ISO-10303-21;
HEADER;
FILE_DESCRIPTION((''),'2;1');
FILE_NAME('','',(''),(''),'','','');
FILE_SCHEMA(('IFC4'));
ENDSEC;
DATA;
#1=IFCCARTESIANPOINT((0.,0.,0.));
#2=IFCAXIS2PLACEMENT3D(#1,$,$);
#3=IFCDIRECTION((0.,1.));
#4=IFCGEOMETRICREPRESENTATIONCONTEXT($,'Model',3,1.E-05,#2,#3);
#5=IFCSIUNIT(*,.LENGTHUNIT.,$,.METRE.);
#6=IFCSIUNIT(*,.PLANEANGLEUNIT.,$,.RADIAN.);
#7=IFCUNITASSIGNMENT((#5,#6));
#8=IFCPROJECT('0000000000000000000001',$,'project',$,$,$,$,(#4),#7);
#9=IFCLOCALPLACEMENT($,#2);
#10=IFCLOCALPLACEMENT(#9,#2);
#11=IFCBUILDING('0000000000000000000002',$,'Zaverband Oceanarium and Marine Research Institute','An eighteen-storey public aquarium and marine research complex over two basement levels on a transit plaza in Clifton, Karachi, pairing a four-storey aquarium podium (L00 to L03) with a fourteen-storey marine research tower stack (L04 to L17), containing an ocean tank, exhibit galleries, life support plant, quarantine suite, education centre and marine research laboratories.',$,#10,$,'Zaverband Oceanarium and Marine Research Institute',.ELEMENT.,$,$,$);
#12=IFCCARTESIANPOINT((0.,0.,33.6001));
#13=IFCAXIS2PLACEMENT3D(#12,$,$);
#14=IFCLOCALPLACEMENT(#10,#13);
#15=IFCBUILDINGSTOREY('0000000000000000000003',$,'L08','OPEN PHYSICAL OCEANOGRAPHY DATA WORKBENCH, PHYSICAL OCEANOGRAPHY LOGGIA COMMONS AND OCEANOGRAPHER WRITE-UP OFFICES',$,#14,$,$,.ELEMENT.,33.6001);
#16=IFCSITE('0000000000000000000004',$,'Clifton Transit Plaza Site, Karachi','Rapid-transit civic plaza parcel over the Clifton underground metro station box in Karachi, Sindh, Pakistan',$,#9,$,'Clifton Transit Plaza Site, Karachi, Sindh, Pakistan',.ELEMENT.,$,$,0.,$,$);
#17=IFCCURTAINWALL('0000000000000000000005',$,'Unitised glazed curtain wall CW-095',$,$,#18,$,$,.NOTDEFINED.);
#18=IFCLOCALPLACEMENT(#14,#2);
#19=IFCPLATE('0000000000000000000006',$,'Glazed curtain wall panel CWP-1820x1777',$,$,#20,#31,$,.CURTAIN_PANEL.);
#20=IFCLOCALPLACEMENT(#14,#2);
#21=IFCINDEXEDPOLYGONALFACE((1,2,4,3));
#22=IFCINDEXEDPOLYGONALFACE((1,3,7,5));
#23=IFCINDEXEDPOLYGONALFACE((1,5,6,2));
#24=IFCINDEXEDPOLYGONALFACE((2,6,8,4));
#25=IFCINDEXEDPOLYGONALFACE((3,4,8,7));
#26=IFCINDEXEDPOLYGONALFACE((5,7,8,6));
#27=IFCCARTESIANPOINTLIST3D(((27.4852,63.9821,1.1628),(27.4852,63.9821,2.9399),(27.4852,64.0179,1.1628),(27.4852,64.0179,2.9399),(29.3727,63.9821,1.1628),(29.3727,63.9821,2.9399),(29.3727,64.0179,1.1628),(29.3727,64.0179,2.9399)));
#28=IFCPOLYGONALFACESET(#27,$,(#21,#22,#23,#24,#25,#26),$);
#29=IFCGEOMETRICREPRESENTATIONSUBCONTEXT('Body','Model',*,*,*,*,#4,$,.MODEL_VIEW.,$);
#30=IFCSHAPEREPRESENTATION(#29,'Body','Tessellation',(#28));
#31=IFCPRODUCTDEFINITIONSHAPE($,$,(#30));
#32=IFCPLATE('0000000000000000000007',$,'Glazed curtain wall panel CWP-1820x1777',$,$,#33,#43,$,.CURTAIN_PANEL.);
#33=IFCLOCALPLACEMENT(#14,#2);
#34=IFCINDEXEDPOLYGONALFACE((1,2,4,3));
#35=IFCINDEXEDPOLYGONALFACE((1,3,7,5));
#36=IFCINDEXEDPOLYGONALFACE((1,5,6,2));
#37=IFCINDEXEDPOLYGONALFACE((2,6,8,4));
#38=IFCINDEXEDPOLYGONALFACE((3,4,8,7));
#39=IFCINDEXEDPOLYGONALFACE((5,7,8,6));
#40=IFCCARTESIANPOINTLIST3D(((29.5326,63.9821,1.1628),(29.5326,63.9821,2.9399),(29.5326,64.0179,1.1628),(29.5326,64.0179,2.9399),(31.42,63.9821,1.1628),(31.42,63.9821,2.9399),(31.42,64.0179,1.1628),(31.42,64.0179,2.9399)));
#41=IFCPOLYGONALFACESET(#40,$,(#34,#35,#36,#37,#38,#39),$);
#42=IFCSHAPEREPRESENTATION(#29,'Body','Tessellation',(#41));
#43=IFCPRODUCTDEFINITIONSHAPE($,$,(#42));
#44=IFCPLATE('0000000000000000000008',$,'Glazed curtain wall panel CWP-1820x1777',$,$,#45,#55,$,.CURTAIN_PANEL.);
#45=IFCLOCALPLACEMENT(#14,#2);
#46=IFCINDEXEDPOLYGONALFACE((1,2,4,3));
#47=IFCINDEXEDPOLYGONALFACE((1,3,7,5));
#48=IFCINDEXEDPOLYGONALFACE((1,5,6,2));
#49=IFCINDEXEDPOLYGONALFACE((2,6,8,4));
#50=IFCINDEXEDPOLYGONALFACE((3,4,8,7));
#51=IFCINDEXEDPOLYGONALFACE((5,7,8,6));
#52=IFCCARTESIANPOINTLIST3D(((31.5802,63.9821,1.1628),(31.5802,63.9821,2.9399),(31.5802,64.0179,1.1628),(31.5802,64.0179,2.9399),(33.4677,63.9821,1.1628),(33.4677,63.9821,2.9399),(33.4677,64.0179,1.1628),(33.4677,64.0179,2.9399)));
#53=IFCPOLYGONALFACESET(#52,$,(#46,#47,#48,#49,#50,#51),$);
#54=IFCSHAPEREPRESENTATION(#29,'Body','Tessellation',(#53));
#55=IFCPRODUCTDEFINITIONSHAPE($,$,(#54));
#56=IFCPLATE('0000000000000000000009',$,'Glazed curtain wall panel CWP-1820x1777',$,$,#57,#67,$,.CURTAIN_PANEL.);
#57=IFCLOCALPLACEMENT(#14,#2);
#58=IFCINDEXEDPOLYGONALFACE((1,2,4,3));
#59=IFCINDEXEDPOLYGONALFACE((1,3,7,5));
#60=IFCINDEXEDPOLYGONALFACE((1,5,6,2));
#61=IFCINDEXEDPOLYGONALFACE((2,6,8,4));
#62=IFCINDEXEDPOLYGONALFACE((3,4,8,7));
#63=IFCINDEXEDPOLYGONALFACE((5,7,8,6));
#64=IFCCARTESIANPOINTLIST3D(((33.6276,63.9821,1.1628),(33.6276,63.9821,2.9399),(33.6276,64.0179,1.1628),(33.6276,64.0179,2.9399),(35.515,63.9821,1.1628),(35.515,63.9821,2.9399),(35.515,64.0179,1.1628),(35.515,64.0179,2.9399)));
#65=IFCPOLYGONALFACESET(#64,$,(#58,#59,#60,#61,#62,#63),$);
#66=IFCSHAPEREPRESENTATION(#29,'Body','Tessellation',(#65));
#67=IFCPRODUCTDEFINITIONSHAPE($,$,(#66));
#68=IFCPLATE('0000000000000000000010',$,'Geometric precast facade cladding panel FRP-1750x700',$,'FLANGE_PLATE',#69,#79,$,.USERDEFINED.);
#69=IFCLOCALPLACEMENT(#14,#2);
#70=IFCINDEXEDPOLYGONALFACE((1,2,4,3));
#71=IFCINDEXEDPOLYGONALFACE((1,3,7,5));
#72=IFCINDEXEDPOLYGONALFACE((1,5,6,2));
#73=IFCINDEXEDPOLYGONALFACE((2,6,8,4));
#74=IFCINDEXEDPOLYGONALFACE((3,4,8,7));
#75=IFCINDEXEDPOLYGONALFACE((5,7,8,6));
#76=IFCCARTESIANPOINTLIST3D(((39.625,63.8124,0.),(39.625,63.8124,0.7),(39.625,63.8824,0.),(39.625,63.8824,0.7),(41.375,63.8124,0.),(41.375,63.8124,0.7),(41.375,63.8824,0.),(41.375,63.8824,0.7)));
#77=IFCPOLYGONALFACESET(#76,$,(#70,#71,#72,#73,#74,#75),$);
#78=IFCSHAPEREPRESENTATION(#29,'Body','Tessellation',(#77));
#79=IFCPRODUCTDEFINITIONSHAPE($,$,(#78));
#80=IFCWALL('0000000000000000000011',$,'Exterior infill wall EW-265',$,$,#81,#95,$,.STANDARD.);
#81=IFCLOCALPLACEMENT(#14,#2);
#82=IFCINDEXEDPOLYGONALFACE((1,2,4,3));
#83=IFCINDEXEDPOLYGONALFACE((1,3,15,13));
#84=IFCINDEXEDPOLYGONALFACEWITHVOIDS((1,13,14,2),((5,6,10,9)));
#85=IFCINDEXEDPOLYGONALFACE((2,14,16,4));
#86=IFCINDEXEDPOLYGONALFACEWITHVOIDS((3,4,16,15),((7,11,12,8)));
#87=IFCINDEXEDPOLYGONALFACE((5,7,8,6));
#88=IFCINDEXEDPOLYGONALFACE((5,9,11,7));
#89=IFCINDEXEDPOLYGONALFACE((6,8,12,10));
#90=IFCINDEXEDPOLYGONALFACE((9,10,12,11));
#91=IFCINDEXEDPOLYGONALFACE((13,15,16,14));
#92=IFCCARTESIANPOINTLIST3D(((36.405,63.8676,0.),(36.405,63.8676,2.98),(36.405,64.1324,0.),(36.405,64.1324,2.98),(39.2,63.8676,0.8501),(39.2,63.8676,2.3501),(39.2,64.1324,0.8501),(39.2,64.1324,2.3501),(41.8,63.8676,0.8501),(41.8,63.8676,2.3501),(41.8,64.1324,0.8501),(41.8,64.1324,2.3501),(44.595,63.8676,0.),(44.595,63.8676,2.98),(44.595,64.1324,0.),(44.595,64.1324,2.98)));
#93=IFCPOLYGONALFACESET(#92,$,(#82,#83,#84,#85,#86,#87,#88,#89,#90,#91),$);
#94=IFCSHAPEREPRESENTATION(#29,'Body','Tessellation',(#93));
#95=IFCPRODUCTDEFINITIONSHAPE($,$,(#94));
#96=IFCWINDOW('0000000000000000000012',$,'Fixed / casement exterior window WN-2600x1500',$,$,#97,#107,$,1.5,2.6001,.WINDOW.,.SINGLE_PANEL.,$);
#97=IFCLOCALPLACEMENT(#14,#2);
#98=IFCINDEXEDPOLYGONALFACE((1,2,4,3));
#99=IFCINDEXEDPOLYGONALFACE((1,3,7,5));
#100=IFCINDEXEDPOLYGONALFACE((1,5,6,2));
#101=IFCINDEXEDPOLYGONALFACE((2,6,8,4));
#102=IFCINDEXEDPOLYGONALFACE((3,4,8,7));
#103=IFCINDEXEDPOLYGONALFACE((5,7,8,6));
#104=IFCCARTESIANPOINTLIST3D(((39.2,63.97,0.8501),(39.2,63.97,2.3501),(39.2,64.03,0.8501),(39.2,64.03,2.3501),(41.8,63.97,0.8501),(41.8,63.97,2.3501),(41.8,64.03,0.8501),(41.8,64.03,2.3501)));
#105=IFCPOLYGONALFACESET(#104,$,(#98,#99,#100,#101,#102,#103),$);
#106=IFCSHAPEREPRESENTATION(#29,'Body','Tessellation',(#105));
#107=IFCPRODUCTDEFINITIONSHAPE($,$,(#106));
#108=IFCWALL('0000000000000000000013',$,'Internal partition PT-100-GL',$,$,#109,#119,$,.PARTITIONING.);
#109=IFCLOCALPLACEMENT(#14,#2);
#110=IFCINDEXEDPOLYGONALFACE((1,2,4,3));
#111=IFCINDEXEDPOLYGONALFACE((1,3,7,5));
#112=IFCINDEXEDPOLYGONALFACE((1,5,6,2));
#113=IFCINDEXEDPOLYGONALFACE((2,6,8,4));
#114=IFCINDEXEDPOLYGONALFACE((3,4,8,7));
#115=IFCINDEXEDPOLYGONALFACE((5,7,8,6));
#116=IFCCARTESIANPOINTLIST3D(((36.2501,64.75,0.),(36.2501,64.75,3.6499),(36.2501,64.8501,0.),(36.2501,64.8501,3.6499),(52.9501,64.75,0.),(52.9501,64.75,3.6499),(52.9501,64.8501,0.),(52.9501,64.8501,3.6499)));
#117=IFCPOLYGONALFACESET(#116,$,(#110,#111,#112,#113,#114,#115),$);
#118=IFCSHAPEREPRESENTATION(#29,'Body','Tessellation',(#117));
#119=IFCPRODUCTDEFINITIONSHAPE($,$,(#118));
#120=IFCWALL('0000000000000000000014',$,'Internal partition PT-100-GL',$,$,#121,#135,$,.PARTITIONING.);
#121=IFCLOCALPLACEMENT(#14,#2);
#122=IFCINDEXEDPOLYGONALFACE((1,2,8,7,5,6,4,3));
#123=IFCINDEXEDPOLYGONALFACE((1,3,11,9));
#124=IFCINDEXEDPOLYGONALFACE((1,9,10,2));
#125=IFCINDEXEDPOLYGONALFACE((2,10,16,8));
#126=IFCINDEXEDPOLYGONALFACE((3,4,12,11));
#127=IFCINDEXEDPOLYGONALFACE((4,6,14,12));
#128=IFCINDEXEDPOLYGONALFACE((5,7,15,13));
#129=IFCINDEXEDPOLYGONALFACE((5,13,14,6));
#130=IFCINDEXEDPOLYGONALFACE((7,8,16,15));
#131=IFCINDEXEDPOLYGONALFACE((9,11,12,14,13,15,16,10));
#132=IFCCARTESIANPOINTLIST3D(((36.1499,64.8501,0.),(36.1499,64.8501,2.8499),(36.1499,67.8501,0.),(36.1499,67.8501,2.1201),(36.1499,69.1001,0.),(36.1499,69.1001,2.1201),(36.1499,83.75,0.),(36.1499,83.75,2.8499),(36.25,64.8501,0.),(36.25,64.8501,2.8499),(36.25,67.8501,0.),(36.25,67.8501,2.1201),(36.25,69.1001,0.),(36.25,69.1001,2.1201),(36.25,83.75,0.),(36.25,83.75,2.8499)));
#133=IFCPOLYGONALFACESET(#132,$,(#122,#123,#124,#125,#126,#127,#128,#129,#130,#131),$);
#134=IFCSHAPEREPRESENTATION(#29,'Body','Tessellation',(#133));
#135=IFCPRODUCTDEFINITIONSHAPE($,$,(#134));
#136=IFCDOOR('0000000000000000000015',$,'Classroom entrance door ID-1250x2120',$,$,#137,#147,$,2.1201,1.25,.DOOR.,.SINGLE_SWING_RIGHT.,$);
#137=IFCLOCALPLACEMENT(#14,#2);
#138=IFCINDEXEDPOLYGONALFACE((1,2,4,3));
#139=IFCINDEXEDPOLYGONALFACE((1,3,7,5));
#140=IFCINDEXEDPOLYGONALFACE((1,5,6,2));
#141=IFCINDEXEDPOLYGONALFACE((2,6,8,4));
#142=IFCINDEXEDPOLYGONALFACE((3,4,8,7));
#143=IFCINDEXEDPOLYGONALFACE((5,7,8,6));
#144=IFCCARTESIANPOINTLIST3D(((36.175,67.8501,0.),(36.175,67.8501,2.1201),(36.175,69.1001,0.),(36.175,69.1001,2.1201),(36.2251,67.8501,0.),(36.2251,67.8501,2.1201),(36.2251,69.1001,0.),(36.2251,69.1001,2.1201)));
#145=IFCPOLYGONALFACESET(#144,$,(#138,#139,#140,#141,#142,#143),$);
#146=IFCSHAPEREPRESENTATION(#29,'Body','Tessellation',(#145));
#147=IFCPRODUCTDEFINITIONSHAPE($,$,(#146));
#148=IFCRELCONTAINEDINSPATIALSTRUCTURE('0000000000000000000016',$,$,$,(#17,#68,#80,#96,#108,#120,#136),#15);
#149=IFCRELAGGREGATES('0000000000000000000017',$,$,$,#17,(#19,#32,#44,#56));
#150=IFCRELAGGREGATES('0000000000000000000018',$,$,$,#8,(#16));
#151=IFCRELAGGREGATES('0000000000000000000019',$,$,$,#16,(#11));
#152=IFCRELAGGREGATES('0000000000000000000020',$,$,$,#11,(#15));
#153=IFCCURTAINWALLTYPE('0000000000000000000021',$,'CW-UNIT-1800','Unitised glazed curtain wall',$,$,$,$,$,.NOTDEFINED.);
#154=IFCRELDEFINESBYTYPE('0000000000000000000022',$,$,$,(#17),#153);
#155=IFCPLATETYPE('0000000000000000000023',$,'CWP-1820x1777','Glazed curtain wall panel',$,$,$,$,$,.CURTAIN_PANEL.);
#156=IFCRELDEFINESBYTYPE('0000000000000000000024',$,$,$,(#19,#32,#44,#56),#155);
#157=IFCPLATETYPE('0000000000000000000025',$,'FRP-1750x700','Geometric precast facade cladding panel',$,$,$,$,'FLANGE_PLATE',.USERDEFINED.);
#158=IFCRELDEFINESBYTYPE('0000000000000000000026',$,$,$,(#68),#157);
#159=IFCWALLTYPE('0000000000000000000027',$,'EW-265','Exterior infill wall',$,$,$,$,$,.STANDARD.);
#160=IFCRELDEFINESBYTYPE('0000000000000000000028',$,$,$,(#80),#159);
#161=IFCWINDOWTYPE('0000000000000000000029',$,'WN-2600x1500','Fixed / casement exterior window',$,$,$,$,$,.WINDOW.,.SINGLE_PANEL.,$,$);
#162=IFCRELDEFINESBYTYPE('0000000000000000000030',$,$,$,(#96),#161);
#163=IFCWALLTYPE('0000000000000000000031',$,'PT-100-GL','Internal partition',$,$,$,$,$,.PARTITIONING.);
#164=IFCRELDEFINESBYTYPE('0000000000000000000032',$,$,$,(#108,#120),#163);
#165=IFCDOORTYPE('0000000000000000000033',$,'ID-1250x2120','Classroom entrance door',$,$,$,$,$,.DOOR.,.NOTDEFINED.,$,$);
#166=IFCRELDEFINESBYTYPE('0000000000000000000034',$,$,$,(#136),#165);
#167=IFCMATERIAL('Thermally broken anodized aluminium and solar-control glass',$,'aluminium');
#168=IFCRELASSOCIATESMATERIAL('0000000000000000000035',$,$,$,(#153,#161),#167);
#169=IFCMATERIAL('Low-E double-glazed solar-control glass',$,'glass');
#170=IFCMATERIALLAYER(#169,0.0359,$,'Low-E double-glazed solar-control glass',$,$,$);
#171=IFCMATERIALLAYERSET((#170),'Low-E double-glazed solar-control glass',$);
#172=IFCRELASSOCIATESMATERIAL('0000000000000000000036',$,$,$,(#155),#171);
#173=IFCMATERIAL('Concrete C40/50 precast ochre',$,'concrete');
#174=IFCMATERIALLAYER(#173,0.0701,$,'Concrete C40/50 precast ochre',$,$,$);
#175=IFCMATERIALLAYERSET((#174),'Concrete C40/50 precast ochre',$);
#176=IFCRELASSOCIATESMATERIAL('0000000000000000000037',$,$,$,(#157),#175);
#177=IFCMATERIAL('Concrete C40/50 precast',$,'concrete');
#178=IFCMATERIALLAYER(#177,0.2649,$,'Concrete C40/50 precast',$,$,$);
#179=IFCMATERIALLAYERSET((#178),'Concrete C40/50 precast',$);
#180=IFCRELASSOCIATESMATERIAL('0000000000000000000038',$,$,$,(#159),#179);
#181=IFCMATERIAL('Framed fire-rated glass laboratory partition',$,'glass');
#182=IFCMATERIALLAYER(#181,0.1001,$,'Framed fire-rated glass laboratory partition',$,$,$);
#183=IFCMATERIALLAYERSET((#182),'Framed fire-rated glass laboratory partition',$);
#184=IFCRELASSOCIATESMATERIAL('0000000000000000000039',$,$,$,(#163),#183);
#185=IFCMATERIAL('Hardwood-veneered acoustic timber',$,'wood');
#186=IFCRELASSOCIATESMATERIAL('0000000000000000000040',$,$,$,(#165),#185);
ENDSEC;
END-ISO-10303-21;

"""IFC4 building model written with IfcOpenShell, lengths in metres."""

from ifc_helpers import new_model, si_unit, direction, frame, frame_2d, origin, place, context, subcontext, project, spatial, rectangle, extrude, material, layer, layer_set, type_object, element, fill, aggregate, save


model = new_model("IFC4")

# Units and contexts
model_context = context("Model", 3, precision=1e-05, world=origin(), true_north=direction((0.0, 1.0)))
body_context = subcontext(model_context, "Body", "Model", "MODEL_VIEW")
ifc_project = project(units=[si_unit("LENGTHUNIT", "METRE"), si_unit("PLANEANGLEUNIT", "RADIAN")], contexts=[model_context])

# Site, building, storey
site_placement = place(None, origin())
site = spatial("IfcSite", under=ifc_project, at=site_placement, Name="Clifton Transit Plaza Site, Karachi", Description="Rapid-transit civic plaza parcel over the Clifton underground metro station box in Karachi, Sindh, Pakistan", LongName="Clifton Transit Plaza Site, Karachi, Sindh, Pakistan", CompositionType="ELEMENT", RefElevation=0.0)
building_placement = place(site_placement, origin())
building = spatial("IfcBuilding", under=site, at=building_placement, Name="Zaverband Oceanarium and Marine Research Institute", Description="An eighteen-storey public aquarium and marine research complex over two basement levels on a transit plaza in Clifton, Karachi, pairing a four-storey aquarium podium (L00 to L03) with a fourteen-storey marine research tower stack (L04 to L17), containing an ocean tank, exhibit galleries, life support plant, quarantine suite, education centre and marine research laboratories.", LongName="Zaverband Oceanarium and Marine Research Institute", CompositionType="ELEMENT")
storey_placement = place(building_placement, frame((0.0, 0.0, 33.6001)))
storey = spatial("IfcBuildingStorey", under=building, at=storey_placement, Name="L08", Description="OPEN PHYSICAL OCEANOGRAPHY DATA WORKBENCH, PHYSICAL OCEANOGRAPHY LOGGIA COMMONS AND OCEANOGRAPHER WRITE-UP OFFICES", CompositionType="ELEMENT", Elevation=33.6001)

# Curtain wall
ifc_material_1 = material(Name="Thermally broken anodized aluminium and solar-control glass", Category="aluminium")
curtain_wall_type = type_object("IfcCurtainWallType", Name="CW-UNIT-1800", Description="Unitised glazed curtain wall", PredefinedType="NOTDEFINED", material=ifc_material_1)
curtain_wall_1_placement = place(storey_placement, origin())
curtain_wall_1 = element("IfcCurtainWall", 1, at=curtain_wall_1_placement, inside=storey, type_object=curtain_wall_type, Name="Unitised glazed curtain wall CW-095", PredefinedType="NOTDEFINED")

# Plates
ifc_material_2 = material(Name="Low-E double-glazed solar-control glass", Category="glass")
ifc_layer_1 = layer(ifc_material_2, 0.0359, Name="Low-E double-glazed solar-control glass")
ifc_layer_set_1 = layer_set([ifc_layer_1], Name="Low-E double-glazed solar-control glass")
plate_type_1 = type_object("IfcPlateType", Name="CWP-1820x1777", Description="Glazed curtain wall panel", PredefinedType="CURTAIN_PANEL", material=ifc_layer_set_1)
plate_1_placement = place(storey_placement, frame((27.4851, 64.0, 1.1628), z_axis=(0.0, 0.0, 1.0), x_axis=(1.0, 0.0, 0.0)))
plate_1 = element("IfcPlate", 2, at=plate_1_placement, type_object=plate_type_1, Name="Glazed curtain wall panel CWP-1820x1777", PredefinedType="CURTAIN_PANEL", context=body_context, shape_type="SweptSolid", body=[
    extrude(rectangle(XDim=1.8875, YDim=0.0359, at=frame_2d((0.9438, 0.0))), origin(), (0.0, 0.0, 1.0), 1.7771),
])
plate_2_placement = place(storey_placement, frame((29.5325, 64.0, 1.1628), z_axis=(0.0, 0.0, 1.0), x_axis=(1.0, 0.0, 0.0)))
plate_2 = element("IfcPlate", 3, at=plate_2_placement, type_object=plate_type_1, Name="Glazed curtain wall panel CWP-1820x1777", PredefinedType="CURTAIN_PANEL", context=body_context, shape_type="SweptSolid", body=[
    extrude(rectangle(XDim=1.8875, YDim=0.0359, at=frame_2d((0.9438, 0.0))), origin(), (0.0, 0.0, 1.0), 1.7771),
])
plate_3_placement = place(storey_placement, frame((31.5801, 64.0, 1.1628), z_axis=(0.0, 0.0, 1.0), x_axis=(1.0, 0.0, 0.0)))
plate_3 = element("IfcPlate", 4, at=plate_3_placement, type_object=plate_type_1, Name="Glazed curtain wall panel CWP-1820x1777", PredefinedType="CURTAIN_PANEL", context=body_context, shape_type="SweptSolid", body=[
    extrude(rectangle(XDim=1.8875, YDim=0.0359, at=frame_2d((0.9438, 0.0))), origin(), (0.0, 0.0, 1.0), 1.7771),
])
plate_4_placement = place(storey_placement, frame((33.6274, 64.0, 1.1628), z_axis=(0.0, 0.0, 1.0), x_axis=(1.0, 0.0, 0.0)))
plate_4 = element("IfcPlate", 5, at=plate_4_placement, type_object=plate_type_1, Name="Glazed curtain wall panel CWP-1820x1777", PredefinedType="CURTAIN_PANEL", context=body_context, shape_type="SweptSolid", body=[
    extrude(rectangle(XDim=1.8875, YDim=0.0359, at=frame_2d((0.9438, 0.0))), origin(), (0.0, 0.0, 1.0), 1.7771),
])
aggregate(curtain_wall_1, [plate_1, plate_2, plate_3, plate_4])
ifc_material_3 = material(Name="Concrete C40/50 precast ochre", Category="concrete")
ifc_layer_2 = layer(ifc_material_3, 0.0701, Name="Concrete C40/50 precast ochre")
ifc_layer_set_2 = layer_set([ifc_layer_2], Name="Concrete C40/50 precast ochre")
plate_type_2 = type_object("IfcPlateType", Name="FRP-1750x700", Description="Geometric precast facade cladding panel", ElementType="FLANGE_PLATE", PredefinedType="USERDEFINED", material=ifc_layer_set_2)
plate_5_placement = place(storey_placement, frame((39.625, 63.8474, 0.0), z_axis=(0.0, 0.0, 1.0), x_axis=(1.0, 0.0, 0.0)))
element("IfcPlate", 6, at=plate_5_placement, inside=storey, type_object=plate_type_2, Name="Geometric precast facade cladding panel FRP-1750x700", ObjectType="FLANGE_PLATE", PredefinedType="USERDEFINED", context=body_context, shape_type="SweptSolid", body=[
    extrude(rectangle(XDim=1.75, YDim=0.0701, at=frame_2d((0.875, 0.0))), origin(), (0.0, 0.0, 1.0), 0.7),
])

# Wall, opening, window
ifc_material_4 = material(Name="Concrete C40/50 precast", Category="concrete")
ifc_layer_3 = layer(ifc_material_4, 0.2649, Name="Concrete C40/50 precast")
ifc_layer_set_3 = layer_set([ifc_layer_3], Name="Concrete C40/50 precast")
wall_type_1 = type_object("IfcWallType", Name="EW-265", Description="Exterior infill wall", PredefinedType="STANDARD", material=ifc_layer_set_3)
wall_1_placement = place(storey_placement, frame((36.405, 64.0, 0.0), z_axis=(0.0, 0.0, 1.0), x_axis=(1.0, 0.0, 0.0)))
wall_1 = element("IfcWall", 7, at=wall_1_placement, inside=storey, type_object=wall_type_1, Name="Exterior infill wall EW-265", PredefinedType="STANDARD", context=body_context, shape_type="SweptSolid", body=[
    extrude(rectangle(XDim=8.1899, YDim=0.2649, at=frame_2d((4.095, 0.0))), origin(), (0.0, 0.0, 1.0), 2.98),
])
opening_1_placement = place(wall_1_placement, frame((2.7949, 0.0, 0.8501)))
opening_1 = element("IfcOpeningElement", 8, at=opening_1_placement, cuts=wall_1, PredefinedType="OPENING", context=body_context, shape_type="SweptSolid", body=[
    extrude(rectangle(XDim=2.6001, YDim=1.5, at=frame_2d((1.3, 0.75))), frame((0.0, 0.1445, 0.0), z_axis=(0.0, -1.0, 0.0), x_axis=(1.0, 0.0, 0.0)), (0.0, 0.0, 1.0), 0.2888),
])
window_type = type_object("IfcWindowType", Name="WN-2600x1500", Description="Fixed / casement exterior window", PartitioningType="SINGLE_PANEL", PredefinedType="WINDOW", material=ifc_material_1)
window_placement = place(opening_1_placement, origin())
window = element("IfcWindow", 9, at=window_placement, inside=storey, type_object=window_type, Name="Fixed / casement exterior window WN-2600x1500", OverallHeight=1.5, OverallWidth=2.6001, PartitioningType="SINGLE_PANEL", PredefinedType="WINDOW", context=body_context, shape_type="SweptSolid", body=[
    extrude(rectangle(XDim=2.6001, YDim=1.5, at=frame_2d((1.3, 0.75))), frame((0.0, 0.03, 0.0), z_axis=(0.0, -1.0, 0.0), x_axis=(1.0, 0.0, 0.0)), (0.0, 0.0, 1.0), 0.0601),
])
fill(opening_1, window)

# Wall
ifc_material_5 = material(Name="Framed fire-rated glass laboratory partition", Category="glass")
ifc_layer_4 = layer(ifc_material_5, 0.1001, Name="Framed fire-rated glass laboratory partition")
ifc_layer_set_4 = layer_set([ifc_layer_4], Name="Framed fire-rated glass laboratory partition")
wall_type_2 = type_object("IfcWallType", Name="PT-100-GL", Description="Internal partition", PredefinedType="PARTITIONING", material=ifc_layer_set_4)
wall_2_placement = place(storey_placement, frame((36.25, 64.8, 0.0), z_axis=(0.0, 0.0, 1.0), x_axis=(1.0, 0.0, 0.0)))
element("IfcWall", 10, at=wall_2_placement, inside=storey, type_object=wall_type_2, Name="Internal partition PT-100-GL", PredefinedType="PARTITIONING", context=body_context, shape_type="SweptSolid", body=[
    extrude(rectangle(XDim=16.7, YDim=0.1001, at=frame_2d((8.3501, 0.0))), origin(), (0.0, 0.0, 1.0), 3.6499),
])

# Wall, opening, door
wall_3_placement = place(storey_placement, frame((36.2, 64.8501, 0.0), z_axis=(0.0, 0.0, 1.0), x_axis=(0.0, 1.0, 0.0)))
wall_3 = element("IfcWall", 11, at=wall_3_placement, inside=storey, type_object=wall_type_2, Name="Internal partition PT-100-GL", PredefinedType="PARTITIONING", context=body_context, shape_type="SweptSolid", body=[
    extrude(rectangle(XDim=18.8999, YDim=0.1001, at=frame_2d((9.45, 0.0))), origin(), (0.0, 0.0, 1.0), 2.8499),
])
opening_2_placement = place(wall_3_placement, frame((3.0, 0.0, 0.0)))
opening_2 = element("IfcOpeningElement", 12, at=opening_2_placement, cuts=wall_3, PredefinedType="OPENING", context=body_context, shape_type="SweptSolid", body=[
    extrude(rectangle(XDim=1.25, YDim=2.1201, at=frame_2d((0.625, 1.0601))), frame((0.0, 0.062, 0.0), z_axis=(0.0, -1.0, 0.0), x_axis=(1.0, 0.0, 0.0)), (0.0, 0.0, 1.0), 0.124),
])
ifc_material_6 = material(Name="Hardwood-veneered acoustic timber", Category="wood")
door_type_1 = type_object("IfcDoorType", Name="ID-1250x2120", Description="Classroom entrance door", OperationType="NOTDEFINED", PredefinedType="DOOR", material=ifc_material_6)
door_1_placement = place(opening_2_placement, origin())
door_1 = element("IfcDoor", 13, at=door_1_placement, inside=storey, type_object=door_type_1, Name="Classroom entrance door ID-1250x2120", OperationType="SINGLE_SWING_RIGHT", OverallHeight=2.1201, OverallWidth=1.25, PredefinedType="DOOR", context=body_context, shape_type="SweptSolid", body=[
    extrude(rectangle(XDim=1.25, YDim=2.1201, at=frame_2d((0.625, 1.0601))), frame((0.0, 0.0249, 0.0), z_axis=(0.0, -1.0, 0.0), x_axis=(1.0, 0.0, 0.0)), (0.0, 0.0, 1.0), 0.05),
])
fill(opening_2, door_1)

save(model, "model.ifc")
